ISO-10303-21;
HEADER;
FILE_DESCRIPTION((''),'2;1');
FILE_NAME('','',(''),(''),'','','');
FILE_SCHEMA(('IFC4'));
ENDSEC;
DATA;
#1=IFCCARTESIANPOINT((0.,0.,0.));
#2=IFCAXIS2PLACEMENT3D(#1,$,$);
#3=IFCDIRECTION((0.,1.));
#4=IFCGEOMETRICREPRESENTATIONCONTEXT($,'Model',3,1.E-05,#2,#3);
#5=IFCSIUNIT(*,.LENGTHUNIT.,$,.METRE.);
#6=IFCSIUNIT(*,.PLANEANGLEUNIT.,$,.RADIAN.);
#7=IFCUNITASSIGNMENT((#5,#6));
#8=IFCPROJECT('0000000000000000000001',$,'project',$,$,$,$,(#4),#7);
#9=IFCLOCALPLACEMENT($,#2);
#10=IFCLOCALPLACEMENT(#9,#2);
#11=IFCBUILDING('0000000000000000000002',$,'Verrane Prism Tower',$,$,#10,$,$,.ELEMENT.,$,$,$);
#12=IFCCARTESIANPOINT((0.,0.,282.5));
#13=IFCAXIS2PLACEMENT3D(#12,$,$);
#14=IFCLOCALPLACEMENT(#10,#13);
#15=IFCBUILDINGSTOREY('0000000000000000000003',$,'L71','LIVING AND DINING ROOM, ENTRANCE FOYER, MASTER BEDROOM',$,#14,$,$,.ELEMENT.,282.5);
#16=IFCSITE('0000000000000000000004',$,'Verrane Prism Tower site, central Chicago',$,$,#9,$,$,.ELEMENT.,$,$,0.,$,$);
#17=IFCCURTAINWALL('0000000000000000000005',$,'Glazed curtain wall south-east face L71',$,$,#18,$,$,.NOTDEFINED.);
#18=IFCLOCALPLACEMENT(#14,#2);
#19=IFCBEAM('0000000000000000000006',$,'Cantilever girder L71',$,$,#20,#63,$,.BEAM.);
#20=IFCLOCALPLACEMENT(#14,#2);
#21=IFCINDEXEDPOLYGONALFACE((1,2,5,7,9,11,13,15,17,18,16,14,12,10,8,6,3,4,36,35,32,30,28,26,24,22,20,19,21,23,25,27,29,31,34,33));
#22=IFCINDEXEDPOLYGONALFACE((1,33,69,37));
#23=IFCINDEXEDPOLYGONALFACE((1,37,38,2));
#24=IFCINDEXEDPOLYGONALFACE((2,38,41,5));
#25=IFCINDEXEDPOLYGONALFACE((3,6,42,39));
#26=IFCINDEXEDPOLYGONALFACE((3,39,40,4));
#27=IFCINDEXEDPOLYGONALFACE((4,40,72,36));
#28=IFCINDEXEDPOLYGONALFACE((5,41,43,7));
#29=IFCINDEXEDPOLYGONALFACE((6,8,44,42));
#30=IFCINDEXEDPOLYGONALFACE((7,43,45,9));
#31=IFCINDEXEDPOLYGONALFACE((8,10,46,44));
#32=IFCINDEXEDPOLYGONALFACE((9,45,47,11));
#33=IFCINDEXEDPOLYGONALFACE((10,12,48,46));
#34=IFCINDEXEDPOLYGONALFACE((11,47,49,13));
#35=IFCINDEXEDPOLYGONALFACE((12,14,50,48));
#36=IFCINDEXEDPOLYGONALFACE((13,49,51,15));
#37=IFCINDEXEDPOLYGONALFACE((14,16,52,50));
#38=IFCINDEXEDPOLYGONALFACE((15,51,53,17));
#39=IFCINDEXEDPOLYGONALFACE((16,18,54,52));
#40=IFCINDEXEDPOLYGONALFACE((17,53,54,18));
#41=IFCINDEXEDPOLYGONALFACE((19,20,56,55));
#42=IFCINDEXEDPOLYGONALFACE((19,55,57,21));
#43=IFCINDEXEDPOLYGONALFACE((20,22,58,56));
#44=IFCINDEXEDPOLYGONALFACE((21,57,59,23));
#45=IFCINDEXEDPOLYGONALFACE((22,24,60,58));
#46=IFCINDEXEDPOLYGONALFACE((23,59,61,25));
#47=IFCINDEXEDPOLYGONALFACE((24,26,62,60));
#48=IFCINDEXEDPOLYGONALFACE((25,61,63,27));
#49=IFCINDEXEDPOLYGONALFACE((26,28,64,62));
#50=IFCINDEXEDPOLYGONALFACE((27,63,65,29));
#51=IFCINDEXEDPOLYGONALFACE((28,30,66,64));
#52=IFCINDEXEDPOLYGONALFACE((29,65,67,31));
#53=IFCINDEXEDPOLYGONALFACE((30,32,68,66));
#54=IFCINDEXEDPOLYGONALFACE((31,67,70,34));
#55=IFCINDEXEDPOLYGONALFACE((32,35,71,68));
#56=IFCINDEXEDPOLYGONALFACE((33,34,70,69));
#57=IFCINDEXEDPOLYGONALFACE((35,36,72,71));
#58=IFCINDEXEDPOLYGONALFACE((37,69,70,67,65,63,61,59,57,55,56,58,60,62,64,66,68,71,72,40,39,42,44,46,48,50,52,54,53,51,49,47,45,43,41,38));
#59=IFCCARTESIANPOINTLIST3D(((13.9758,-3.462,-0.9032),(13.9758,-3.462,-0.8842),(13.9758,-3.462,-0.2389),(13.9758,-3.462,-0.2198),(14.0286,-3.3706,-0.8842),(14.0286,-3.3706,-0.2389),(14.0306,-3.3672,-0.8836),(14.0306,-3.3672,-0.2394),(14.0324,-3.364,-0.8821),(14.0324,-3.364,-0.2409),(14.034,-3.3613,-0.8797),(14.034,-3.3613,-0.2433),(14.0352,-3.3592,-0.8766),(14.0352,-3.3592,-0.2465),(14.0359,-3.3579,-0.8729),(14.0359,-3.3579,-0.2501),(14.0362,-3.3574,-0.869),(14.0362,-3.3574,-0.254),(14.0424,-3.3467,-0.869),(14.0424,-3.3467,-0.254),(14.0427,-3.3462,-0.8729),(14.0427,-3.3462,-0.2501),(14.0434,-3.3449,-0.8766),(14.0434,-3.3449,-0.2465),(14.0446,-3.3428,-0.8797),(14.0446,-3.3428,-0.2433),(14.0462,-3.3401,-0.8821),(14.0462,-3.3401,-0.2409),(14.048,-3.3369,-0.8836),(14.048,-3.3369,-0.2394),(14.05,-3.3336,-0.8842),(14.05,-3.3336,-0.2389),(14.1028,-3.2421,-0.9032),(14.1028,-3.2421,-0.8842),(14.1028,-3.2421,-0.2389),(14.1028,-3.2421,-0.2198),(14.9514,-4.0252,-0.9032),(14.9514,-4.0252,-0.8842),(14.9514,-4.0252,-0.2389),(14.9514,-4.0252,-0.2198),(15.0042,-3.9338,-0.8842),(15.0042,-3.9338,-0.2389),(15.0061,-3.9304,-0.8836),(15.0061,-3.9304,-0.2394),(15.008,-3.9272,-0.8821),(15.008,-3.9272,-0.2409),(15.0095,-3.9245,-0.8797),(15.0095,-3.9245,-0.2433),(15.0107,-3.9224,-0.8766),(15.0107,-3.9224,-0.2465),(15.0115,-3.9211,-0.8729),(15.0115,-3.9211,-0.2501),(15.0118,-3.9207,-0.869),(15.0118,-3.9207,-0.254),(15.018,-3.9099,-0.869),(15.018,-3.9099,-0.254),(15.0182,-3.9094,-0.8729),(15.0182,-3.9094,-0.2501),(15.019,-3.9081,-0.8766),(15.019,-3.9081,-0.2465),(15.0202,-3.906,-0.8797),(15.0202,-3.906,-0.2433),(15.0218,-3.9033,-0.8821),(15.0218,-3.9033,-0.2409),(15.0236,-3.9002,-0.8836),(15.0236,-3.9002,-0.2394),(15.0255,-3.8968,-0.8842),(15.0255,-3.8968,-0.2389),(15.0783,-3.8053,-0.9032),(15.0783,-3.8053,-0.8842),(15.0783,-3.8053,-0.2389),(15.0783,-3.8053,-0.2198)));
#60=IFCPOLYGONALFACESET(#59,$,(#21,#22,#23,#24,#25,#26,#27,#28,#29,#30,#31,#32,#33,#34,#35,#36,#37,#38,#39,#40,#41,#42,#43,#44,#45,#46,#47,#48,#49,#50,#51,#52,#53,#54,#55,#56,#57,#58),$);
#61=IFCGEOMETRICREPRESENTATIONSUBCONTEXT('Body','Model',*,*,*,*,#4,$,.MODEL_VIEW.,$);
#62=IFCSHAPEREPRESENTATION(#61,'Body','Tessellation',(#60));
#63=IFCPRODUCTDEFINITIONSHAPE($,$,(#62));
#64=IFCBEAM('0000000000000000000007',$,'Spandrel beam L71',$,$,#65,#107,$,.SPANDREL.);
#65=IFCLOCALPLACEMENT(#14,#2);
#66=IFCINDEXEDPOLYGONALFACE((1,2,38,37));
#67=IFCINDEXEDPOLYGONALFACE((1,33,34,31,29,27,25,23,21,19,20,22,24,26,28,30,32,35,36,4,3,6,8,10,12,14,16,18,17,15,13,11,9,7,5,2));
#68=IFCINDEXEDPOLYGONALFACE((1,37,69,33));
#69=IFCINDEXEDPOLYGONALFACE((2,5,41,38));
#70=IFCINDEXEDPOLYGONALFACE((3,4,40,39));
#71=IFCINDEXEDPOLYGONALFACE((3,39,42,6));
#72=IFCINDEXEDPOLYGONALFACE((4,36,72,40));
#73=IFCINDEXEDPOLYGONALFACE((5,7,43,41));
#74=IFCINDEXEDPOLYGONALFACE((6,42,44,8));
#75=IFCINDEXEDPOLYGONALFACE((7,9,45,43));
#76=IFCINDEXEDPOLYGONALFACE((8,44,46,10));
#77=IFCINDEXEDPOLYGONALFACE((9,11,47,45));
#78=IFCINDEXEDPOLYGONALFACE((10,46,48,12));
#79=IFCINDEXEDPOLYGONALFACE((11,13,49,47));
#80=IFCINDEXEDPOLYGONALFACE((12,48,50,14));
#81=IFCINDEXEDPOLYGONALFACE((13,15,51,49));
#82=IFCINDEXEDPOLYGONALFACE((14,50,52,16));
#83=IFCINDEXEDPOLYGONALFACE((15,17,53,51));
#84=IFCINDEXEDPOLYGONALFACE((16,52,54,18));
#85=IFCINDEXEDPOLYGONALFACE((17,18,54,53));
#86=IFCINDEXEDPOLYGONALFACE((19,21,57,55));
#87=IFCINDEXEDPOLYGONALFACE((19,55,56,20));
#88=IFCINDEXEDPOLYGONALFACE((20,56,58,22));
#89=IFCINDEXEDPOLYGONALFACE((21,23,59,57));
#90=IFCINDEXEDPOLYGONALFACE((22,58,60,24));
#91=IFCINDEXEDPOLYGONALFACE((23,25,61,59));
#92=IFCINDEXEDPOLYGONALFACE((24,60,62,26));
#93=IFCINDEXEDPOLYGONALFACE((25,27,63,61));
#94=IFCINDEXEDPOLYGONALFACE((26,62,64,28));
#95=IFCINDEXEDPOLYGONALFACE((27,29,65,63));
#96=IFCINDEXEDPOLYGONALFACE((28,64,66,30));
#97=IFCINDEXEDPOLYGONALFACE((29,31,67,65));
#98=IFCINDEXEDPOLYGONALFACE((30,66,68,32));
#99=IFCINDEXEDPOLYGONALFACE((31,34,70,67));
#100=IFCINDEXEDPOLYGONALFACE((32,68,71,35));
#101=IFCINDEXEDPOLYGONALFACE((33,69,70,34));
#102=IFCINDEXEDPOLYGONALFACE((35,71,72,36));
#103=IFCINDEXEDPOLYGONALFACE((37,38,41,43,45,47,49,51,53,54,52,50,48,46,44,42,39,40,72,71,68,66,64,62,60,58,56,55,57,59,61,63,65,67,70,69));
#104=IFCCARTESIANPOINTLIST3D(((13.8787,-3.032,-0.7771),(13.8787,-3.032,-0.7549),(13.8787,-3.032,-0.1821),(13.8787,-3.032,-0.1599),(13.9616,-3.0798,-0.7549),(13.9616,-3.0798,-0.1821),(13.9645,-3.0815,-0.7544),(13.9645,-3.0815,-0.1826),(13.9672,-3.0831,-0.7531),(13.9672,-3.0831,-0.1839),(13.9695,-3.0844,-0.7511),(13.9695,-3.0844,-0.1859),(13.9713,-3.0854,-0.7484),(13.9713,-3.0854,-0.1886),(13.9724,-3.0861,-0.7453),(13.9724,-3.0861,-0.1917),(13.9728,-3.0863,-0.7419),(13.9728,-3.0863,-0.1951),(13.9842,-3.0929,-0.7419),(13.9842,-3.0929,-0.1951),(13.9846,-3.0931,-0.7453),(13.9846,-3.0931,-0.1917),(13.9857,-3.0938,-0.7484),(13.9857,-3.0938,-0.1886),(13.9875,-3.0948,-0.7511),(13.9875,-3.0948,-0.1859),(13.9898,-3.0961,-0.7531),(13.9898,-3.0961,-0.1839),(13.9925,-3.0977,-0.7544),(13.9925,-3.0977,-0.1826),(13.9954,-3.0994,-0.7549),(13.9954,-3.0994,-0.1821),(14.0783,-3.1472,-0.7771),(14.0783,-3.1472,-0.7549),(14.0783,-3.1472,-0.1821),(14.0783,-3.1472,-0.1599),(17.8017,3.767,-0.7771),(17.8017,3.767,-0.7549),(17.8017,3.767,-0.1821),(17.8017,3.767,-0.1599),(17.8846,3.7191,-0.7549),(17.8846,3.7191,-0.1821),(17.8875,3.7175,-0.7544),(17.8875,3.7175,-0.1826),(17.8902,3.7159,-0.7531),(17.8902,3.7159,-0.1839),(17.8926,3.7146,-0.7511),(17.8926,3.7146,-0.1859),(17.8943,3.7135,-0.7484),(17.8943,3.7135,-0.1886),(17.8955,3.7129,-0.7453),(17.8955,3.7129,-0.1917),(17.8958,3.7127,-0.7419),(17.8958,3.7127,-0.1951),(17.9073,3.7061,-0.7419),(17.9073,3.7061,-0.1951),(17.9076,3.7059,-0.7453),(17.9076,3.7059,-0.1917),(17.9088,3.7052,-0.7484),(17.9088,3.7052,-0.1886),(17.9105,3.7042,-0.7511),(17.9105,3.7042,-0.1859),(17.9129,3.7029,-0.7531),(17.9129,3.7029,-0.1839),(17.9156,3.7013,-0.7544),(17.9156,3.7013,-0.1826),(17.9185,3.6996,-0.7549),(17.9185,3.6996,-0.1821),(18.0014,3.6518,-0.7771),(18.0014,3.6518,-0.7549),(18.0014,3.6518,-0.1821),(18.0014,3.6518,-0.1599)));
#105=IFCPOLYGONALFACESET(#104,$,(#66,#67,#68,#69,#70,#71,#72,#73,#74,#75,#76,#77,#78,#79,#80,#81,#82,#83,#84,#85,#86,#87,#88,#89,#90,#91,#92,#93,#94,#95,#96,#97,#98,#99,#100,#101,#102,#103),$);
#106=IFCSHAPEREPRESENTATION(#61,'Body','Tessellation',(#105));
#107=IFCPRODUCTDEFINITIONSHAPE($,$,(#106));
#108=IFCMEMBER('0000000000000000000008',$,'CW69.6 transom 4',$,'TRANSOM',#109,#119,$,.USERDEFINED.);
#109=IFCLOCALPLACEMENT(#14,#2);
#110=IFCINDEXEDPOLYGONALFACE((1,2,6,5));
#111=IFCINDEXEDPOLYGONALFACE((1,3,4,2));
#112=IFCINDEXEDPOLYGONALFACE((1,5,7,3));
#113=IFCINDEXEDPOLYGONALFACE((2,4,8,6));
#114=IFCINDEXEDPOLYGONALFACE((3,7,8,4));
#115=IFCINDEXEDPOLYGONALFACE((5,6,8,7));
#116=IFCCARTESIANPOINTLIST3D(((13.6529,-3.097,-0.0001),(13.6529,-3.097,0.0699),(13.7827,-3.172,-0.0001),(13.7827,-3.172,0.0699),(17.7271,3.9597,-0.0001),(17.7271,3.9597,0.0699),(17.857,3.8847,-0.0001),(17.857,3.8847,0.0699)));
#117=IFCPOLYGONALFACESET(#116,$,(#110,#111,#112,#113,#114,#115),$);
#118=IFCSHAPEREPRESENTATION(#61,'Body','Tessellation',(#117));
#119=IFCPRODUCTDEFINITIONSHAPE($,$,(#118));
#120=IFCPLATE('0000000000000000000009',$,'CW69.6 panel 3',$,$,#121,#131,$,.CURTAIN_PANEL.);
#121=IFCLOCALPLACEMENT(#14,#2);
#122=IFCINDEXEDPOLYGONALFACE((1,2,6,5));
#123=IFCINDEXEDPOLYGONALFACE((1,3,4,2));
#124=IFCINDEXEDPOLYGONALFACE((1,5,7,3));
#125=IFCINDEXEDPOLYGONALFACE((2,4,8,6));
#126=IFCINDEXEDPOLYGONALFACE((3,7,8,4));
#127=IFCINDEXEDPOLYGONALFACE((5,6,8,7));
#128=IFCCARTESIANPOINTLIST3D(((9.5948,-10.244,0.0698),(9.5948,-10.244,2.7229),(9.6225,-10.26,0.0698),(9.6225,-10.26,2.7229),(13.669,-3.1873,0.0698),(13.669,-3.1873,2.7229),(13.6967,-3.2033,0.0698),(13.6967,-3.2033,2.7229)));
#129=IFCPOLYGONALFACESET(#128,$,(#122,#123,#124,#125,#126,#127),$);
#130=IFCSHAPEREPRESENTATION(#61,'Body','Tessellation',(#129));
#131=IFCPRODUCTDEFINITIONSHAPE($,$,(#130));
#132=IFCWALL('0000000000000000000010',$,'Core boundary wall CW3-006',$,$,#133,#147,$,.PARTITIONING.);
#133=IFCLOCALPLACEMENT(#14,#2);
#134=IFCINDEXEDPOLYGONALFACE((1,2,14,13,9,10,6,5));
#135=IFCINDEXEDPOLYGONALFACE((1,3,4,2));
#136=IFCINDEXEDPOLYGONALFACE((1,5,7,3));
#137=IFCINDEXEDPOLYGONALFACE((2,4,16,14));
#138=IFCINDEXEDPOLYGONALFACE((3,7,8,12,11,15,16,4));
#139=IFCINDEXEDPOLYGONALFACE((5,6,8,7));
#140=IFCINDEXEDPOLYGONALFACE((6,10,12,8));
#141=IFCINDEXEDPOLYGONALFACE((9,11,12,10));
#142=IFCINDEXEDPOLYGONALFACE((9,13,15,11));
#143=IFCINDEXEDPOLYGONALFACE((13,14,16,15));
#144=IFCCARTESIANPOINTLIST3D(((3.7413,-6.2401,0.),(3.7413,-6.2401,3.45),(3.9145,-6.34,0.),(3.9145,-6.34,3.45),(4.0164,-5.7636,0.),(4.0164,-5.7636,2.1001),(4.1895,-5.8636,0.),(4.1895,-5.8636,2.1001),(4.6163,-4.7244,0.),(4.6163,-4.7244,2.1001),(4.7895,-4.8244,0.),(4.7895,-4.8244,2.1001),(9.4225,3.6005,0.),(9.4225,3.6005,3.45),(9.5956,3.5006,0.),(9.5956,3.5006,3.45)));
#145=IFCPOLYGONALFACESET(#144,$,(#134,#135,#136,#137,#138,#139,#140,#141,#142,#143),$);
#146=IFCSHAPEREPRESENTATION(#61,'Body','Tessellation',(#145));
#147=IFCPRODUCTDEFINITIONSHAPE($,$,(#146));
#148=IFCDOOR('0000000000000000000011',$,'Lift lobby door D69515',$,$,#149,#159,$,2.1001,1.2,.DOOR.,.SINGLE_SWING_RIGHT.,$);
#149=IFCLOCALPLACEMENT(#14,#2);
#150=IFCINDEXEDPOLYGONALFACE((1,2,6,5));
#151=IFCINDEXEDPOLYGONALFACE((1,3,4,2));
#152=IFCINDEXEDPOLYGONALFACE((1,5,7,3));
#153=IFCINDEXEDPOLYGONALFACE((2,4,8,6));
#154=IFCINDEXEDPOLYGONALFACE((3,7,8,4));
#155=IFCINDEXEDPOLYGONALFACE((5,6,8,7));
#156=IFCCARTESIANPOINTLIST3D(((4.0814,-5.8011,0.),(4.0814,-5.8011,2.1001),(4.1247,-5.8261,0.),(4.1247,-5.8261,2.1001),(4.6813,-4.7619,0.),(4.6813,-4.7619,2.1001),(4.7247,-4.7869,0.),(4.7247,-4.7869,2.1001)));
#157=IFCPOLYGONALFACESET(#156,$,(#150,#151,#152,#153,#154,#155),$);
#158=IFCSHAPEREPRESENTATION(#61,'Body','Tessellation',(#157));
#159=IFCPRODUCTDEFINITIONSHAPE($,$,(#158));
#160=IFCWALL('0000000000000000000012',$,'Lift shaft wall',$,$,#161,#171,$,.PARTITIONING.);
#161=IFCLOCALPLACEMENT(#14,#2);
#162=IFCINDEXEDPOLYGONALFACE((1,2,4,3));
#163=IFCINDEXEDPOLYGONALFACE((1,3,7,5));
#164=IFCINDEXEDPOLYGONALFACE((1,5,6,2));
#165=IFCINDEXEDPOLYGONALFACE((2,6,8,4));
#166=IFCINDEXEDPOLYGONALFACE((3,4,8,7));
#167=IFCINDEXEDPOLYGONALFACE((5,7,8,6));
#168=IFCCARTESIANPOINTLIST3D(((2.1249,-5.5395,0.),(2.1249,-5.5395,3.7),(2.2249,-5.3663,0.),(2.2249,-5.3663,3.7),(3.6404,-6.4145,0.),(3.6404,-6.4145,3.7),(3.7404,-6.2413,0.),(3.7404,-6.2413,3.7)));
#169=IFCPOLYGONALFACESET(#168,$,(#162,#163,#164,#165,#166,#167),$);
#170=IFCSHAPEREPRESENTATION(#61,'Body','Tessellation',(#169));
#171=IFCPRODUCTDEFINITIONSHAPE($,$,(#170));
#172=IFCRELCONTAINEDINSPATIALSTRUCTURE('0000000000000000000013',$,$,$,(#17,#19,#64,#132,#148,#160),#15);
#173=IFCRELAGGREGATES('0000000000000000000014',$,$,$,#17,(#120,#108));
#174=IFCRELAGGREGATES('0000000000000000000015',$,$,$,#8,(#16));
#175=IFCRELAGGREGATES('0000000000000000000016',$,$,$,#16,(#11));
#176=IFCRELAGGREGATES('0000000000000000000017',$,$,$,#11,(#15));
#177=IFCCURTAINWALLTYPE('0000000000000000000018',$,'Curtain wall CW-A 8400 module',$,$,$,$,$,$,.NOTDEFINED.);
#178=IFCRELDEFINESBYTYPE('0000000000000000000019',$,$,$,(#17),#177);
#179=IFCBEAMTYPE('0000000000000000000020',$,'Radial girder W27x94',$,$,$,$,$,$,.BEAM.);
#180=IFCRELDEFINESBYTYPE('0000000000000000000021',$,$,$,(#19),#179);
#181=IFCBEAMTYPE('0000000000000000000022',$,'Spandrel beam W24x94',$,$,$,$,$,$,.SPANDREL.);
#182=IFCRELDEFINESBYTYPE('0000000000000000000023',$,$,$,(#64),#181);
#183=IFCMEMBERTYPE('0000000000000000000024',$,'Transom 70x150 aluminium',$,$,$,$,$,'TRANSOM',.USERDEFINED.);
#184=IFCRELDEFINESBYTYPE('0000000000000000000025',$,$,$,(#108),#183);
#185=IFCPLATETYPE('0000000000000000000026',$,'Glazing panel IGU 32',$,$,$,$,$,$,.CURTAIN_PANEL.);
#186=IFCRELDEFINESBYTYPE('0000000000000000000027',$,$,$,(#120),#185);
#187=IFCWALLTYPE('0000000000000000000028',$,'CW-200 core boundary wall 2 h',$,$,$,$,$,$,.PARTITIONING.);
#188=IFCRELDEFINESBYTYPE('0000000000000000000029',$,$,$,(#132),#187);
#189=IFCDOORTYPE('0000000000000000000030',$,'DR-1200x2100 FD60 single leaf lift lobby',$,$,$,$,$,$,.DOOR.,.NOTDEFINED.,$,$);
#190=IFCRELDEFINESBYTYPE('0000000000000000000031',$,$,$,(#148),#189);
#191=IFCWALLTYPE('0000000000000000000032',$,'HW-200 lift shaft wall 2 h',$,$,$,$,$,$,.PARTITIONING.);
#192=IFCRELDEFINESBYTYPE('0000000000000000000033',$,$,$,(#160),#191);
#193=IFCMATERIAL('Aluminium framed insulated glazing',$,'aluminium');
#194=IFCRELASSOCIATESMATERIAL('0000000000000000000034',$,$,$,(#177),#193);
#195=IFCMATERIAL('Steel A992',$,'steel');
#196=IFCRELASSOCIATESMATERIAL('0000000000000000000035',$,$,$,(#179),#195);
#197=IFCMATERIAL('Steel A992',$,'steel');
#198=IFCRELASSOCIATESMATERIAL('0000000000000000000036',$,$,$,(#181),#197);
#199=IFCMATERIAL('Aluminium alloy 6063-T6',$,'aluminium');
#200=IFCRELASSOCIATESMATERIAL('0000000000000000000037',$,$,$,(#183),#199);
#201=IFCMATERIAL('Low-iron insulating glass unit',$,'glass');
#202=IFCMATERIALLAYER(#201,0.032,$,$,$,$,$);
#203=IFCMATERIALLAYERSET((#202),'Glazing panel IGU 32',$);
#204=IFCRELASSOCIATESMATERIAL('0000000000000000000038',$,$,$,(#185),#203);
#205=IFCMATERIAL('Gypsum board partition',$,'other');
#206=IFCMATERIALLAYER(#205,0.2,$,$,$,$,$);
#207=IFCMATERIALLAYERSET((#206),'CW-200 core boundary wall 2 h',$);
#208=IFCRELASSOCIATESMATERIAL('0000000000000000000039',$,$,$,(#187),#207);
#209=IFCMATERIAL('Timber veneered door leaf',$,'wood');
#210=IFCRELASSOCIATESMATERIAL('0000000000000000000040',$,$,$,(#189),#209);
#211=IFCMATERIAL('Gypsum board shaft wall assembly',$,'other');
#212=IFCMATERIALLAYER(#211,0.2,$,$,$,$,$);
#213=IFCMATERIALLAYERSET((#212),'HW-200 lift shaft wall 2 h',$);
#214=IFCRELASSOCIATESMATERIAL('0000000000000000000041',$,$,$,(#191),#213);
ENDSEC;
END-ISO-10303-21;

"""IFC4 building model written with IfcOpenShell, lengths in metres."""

from ifc_helpers import new_model, si_unit, direction, frame, frame_2d, origin, origin_2d, place, context, subcontext, project, spatial, rectangle, i_section, extrude, material, layer, layer_set, material_profile, profile_set, type_object, element, fill, aggregate, save


model = new_model("IFC4")

# Units and contexts
model_context = context("Model", 3, precision=1e-05, world=origin(), true_north=direction((0.0, 1.0)))
body_context = subcontext(model_context, "Body", "Model", "MODEL_VIEW")
ifc_project = project(units=[si_unit("LENGTHUNIT", "METRE"), si_unit("PLANEANGLEUNIT", "RADIAN")], contexts=[model_context])

# Site, building, storey
site_placement = place(None, origin())
site = spatial("IfcSite", under=ifc_project, at=site_placement, Name="Verrane Prism Tower site, central Chicago", CompositionType="ELEMENT", RefElevation=0.0)
building_placement = place(site_placement, origin())
building = spatial("IfcBuilding", under=site, at=building_placement, Name="Verrane Prism Tower", CompositionType="ELEMENT")
storey_placement = place(building_placement, frame((0.0, 0.0, 282.5)))
storey = spatial("IfcBuildingStorey", under=building, at=storey_placement, Name="L71", Description="LIVING AND DINING ROOM, ENTRANCE FOYER, MASTER BEDROOM", CompositionType="ELEMENT", Elevation=282.5)

# Curtain wall
ifc_material_1 = material(Name="Aluminium framed insulated glazing", Category="aluminium")
curtain_wall_type = type_object("IfcCurtainWallType", Name="Curtain wall CW-A 8400 module", PredefinedType="NOTDEFINED", material=ifc_material_1)
curtain_wall_placement = place(storey_placement, origin())
curtain_wall = element("IfcCurtainWall", 1, at=curtain_wall_placement, inside=storey, type_object=curtain_wall_type, Name="Glazed curtain wall south-east face L71", PredefinedType="NOTDEFINED")

# Beams
ifc_material_2 = material(Name="Steel A992", Category="steel")
ifc_material_profile_1 = material_profile(ifc_material_2, i_section(OverallWidth=0.2539, OverallDepth=0.6833, WebThickness=0.0125, FlangeThickness=0.019, FilletRadius=0.0151, at=origin_2d()), Name="W27x94")
ifc_profile_set_1 = profile_set([ifc_material_profile_1], Name="Steel A992")
beam_type_1 = type_object("IfcBeamType", Name="Radial girder W27x94", PredefinedType="BEAM", material=ifc_profile_set_1)
beam_1_placement = place(storey_placement, frame((14.0393, -3.3521, -0.5615), z_axis=(0.866034, -0.499985, 0.0), x_axis=(0.499985, 0.866034, 0.0)))
element("IfcBeam", 2, at=beam_1_placement, inside=storey, type_object=beam_type_1, Name="Cantilever girder L71", PredefinedType="BEAM", context=body_context, shape_type="SweptSolid", body=[
    extrude(i_section(OverallWidth=0.2539, OverallDepth=0.6833, WebThickness=0.0125, FlangeThickness=0.019, FilletRadius=0.0151, at=origin_2d()), origin(), (0.0, 0.0, 1.0), 1.1265),
])
ifc_material_3 = material(Name="Steel A992", Category="steel")
ifc_material_profile_2 = material_profile(ifc_material_3, i_section(OverallWidth=0.2305, OverallDepth=0.6172, WebThickness=0.0132, FlangeThickness=0.0222, FilletRadius=0.0129, at=origin_2d()), Name="W24x94")
ifc_profile_set_2 = profile_set([ifc_material_profile_2], Name="Steel A992")
beam_type_2 = type_object("IfcBeamType", Name="Spandrel beam W24x94", PredefinedType="SPANDREL", material=ifc_profile_set_2)
beam_2_placement = place(storey_placement, frame((13.9785, -3.0896, -0.4685), z_axis=(0.499775, 0.866155, 0.0), x_axis=(-0.866155, 0.499775, 0.0)))
element("IfcBeam", 3, at=beam_2_placement, inside=storey, type_object=beam_type_2, Name="Spandrel beam L71", PredefinedType="SPANDREL", context=body_context, shape_type="SweptSolid", body=[
    extrude(i_section(OverallWidth=0.2305, OverallDepth=0.6172, WebThickness=0.0132, FlangeThickness=0.0222, FilletRadius=0.0129, at=origin_2d()), origin(), (0.0, 0.0, 1.0), 7.8496),
])

# Member
ifc_material_4 = material(Name="Aluminium alloy 6063-T6", Category="aluminium")
ifc_material_profile_3 = material_profile(ifc_material_4, rectangle(XDim=0.1499, YDim=0.0701, at=origin_2d()), Name="Transom 70x150 aluminium")
ifc_profile_set_3 = profile_set([ifc_material_profile_3], Name="Aluminium alloy 6063-T6")
member_type_1 = type_object("IfcMemberType", Name="Transom 70x150 aluminium", ElementType="TRANSOM", PredefinedType="USERDEFINED", material=ifc_profile_set_3)
member_1_placement = place(storey_placement, frame((13.7178, -3.1345, 0.0349), z_axis=(0.500006, 0.866022, 0.0), x_axis=(-0.866022, 0.500006, 0.0)))
member_1 = element("IfcMember", 4, at=member_1_placement, type_object=member_type_1, Name="CW69.6 transom 4", ObjectType="TRANSOM", PredefinedType="USERDEFINED", context=body_context, shape_type="SweptSolid", body=[
    extrude(rectangle(XDim=0.1499, YDim=0.0701, at=origin_2d()), origin(), (0.0, 0.0, 1.0), 8.1484),
])

# Plate
ifc_material_5 = material(Name="Low-iron insulating glass unit", Category="glass")
ifc_layer_1 = layer(ifc_material_5, 0.032)
ifc_layer_set_1 = layer_set([ifc_layer_1], Name="Glazing panel IGU 32")
plate_type = type_object("IfcPlateType", Name="Glazing panel IGU 32", PredefinedType="CURTAIN_PANEL", material=ifc_layer_set_1)
plate_placement = place(storey_placement, frame((11.6458, -6.7236, 0.0698), z_axis=(0.0, 0.0, 1.0), x_axis=(0.500001, 0.866025, 0.0)))
plate = element("IfcPlate", 5, at=plate_placement, type_object=plate_type, Name="CW69.6 panel 3", PredefinedType="CURTAIN_PANEL", context=body_context, shape_type="SweptSolid", body=[
    extrude(rectangle(XDim=8.1484, YDim=0.032, at=origin_2d()), origin(), (0.0, 0.0, 1.0), 2.6531),
])
aggregate(curtain_wall, [plate, member_1])

# Wall, opening, door
ifc_material_6 = material(Name="Gypsum board partition", Category="other")
ifc_layer_2 = layer(ifc_material_6, 0.2)
ifc_layer_set_2 = layer_set([ifc_layer_2], Name="CW-200 core boundary wall 2 h")
wall_type_1 = type_object("IfcWallType", Name="CW-200 core boundary wall 2 h", PredefinedType="PARTITIONING", material=ifc_layer_set_2)
wall_1_placement = place(storey_placement, frame((3.8279, -6.29, 0.0), z_axis=(0.0, 0.0, 1.0), x_axis=(0.49998, 0.866037, 0.0)))
wall_1 = element("IfcWall", 6, at=wall_1_placement, inside=storey, type_object=wall_type_1, Name="Core boundary wall CW3-006", PredefinedType="PARTITIONING", context=body_context, shape_type="SweptSolid", body=[
    extrude(rectangle(XDim=11.3628, YDim=0.2, at=frame_2d((5.6814, 0.0))), origin(), (0.0, 0.0, 1.0), 3.45),
])
opening_1_placement = place(wall_1_placement, frame((0.55, 0.0, 0.0)))
opening_1 = element("IfcOpeningElement", 7, at=opening_1_placement, cuts=wall_1, PredefinedType="OPENING", context=body_context, shape_type="SweptSolid", body=[
    extrude(rectangle(XDim=1.2, YDim=2.1001, at=frame_2d((0.6001, 1.05))), frame((0.0, 0.1099, 0.0), z_axis=(0.0, -1.0, 0.0), x_axis=(1.0, 0.0, 0.0)), (0.0, 0.0, 1.0), 0.22),
])
ifc_material_7 = material(Name="Timber veneered door leaf", Category="wood")
door_type_1 = type_object("IfcDoorType", Name="DR-1200x2100 FD60 single leaf lift lobby", OperationType="NOTDEFINED", PredefinedType="DOOR", material=ifc_material_7)
door_1_placement = place(opening_1_placement, origin())
door_1 = element("IfcDoor", 8, at=door_1_placement, inside=storey, type_object=door_type_1, Name="Lift lobby door D69515", OperationType="SINGLE_SWING_RIGHT", OverallHeight=2.1001, OverallWidth=1.2, PredefinedType="DOOR", context=body_context, shape_type="SweptSolid", body=[
    extrude(rectangle(XDim=1.2, YDim=2.1001, at=frame_2d((0.6001, 1.05))), frame((0.0, 0.0249, 0.0), z_axis=(0.0, -1.0, 0.0), x_axis=(1.0, 0.0, 0.0)), (0.0, 0.0, 1.0), 0.05),
])
fill(opening_1, door_1)

# Wall
ifc_material_8 = material(Name="Gypsum board shaft wall assembly", Category="other")
ifc_layer_3 = layer(ifc_material_8, 0.2)
ifc_layer_set_3 = layer_set([ifc_layer_3], Name="HW-200 lift shaft wall 2 h")
wall_type_2 = type_object("IfcWallType", Name="HW-200 lift shaft wall 2 h", PredefinedType="PARTITIONING", material=ifc_layer_set_3)
wall_2_placement = place(storey_placement, frame((3.6904, -6.3279, 0.0), z_axis=(0.0, 0.0, 1.0), x_axis=(-0.866037, 0.49998, 0.0)))
element("IfcWall", 9, at=wall_2_placement, inside=storey, type_object=wall_type_2, Name="Lift shaft wall", PredefinedType="PARTITIONING", context=body_context, shape_type="SweptSolid", body=[
    extrude(rectangle(XDim=1.75, YDim=0.2, at=frame_2d((0.875, 0.0))), origin(), (0.0, 0.0, 1.0), 3.7),
])

save(model, "model.ifc")
